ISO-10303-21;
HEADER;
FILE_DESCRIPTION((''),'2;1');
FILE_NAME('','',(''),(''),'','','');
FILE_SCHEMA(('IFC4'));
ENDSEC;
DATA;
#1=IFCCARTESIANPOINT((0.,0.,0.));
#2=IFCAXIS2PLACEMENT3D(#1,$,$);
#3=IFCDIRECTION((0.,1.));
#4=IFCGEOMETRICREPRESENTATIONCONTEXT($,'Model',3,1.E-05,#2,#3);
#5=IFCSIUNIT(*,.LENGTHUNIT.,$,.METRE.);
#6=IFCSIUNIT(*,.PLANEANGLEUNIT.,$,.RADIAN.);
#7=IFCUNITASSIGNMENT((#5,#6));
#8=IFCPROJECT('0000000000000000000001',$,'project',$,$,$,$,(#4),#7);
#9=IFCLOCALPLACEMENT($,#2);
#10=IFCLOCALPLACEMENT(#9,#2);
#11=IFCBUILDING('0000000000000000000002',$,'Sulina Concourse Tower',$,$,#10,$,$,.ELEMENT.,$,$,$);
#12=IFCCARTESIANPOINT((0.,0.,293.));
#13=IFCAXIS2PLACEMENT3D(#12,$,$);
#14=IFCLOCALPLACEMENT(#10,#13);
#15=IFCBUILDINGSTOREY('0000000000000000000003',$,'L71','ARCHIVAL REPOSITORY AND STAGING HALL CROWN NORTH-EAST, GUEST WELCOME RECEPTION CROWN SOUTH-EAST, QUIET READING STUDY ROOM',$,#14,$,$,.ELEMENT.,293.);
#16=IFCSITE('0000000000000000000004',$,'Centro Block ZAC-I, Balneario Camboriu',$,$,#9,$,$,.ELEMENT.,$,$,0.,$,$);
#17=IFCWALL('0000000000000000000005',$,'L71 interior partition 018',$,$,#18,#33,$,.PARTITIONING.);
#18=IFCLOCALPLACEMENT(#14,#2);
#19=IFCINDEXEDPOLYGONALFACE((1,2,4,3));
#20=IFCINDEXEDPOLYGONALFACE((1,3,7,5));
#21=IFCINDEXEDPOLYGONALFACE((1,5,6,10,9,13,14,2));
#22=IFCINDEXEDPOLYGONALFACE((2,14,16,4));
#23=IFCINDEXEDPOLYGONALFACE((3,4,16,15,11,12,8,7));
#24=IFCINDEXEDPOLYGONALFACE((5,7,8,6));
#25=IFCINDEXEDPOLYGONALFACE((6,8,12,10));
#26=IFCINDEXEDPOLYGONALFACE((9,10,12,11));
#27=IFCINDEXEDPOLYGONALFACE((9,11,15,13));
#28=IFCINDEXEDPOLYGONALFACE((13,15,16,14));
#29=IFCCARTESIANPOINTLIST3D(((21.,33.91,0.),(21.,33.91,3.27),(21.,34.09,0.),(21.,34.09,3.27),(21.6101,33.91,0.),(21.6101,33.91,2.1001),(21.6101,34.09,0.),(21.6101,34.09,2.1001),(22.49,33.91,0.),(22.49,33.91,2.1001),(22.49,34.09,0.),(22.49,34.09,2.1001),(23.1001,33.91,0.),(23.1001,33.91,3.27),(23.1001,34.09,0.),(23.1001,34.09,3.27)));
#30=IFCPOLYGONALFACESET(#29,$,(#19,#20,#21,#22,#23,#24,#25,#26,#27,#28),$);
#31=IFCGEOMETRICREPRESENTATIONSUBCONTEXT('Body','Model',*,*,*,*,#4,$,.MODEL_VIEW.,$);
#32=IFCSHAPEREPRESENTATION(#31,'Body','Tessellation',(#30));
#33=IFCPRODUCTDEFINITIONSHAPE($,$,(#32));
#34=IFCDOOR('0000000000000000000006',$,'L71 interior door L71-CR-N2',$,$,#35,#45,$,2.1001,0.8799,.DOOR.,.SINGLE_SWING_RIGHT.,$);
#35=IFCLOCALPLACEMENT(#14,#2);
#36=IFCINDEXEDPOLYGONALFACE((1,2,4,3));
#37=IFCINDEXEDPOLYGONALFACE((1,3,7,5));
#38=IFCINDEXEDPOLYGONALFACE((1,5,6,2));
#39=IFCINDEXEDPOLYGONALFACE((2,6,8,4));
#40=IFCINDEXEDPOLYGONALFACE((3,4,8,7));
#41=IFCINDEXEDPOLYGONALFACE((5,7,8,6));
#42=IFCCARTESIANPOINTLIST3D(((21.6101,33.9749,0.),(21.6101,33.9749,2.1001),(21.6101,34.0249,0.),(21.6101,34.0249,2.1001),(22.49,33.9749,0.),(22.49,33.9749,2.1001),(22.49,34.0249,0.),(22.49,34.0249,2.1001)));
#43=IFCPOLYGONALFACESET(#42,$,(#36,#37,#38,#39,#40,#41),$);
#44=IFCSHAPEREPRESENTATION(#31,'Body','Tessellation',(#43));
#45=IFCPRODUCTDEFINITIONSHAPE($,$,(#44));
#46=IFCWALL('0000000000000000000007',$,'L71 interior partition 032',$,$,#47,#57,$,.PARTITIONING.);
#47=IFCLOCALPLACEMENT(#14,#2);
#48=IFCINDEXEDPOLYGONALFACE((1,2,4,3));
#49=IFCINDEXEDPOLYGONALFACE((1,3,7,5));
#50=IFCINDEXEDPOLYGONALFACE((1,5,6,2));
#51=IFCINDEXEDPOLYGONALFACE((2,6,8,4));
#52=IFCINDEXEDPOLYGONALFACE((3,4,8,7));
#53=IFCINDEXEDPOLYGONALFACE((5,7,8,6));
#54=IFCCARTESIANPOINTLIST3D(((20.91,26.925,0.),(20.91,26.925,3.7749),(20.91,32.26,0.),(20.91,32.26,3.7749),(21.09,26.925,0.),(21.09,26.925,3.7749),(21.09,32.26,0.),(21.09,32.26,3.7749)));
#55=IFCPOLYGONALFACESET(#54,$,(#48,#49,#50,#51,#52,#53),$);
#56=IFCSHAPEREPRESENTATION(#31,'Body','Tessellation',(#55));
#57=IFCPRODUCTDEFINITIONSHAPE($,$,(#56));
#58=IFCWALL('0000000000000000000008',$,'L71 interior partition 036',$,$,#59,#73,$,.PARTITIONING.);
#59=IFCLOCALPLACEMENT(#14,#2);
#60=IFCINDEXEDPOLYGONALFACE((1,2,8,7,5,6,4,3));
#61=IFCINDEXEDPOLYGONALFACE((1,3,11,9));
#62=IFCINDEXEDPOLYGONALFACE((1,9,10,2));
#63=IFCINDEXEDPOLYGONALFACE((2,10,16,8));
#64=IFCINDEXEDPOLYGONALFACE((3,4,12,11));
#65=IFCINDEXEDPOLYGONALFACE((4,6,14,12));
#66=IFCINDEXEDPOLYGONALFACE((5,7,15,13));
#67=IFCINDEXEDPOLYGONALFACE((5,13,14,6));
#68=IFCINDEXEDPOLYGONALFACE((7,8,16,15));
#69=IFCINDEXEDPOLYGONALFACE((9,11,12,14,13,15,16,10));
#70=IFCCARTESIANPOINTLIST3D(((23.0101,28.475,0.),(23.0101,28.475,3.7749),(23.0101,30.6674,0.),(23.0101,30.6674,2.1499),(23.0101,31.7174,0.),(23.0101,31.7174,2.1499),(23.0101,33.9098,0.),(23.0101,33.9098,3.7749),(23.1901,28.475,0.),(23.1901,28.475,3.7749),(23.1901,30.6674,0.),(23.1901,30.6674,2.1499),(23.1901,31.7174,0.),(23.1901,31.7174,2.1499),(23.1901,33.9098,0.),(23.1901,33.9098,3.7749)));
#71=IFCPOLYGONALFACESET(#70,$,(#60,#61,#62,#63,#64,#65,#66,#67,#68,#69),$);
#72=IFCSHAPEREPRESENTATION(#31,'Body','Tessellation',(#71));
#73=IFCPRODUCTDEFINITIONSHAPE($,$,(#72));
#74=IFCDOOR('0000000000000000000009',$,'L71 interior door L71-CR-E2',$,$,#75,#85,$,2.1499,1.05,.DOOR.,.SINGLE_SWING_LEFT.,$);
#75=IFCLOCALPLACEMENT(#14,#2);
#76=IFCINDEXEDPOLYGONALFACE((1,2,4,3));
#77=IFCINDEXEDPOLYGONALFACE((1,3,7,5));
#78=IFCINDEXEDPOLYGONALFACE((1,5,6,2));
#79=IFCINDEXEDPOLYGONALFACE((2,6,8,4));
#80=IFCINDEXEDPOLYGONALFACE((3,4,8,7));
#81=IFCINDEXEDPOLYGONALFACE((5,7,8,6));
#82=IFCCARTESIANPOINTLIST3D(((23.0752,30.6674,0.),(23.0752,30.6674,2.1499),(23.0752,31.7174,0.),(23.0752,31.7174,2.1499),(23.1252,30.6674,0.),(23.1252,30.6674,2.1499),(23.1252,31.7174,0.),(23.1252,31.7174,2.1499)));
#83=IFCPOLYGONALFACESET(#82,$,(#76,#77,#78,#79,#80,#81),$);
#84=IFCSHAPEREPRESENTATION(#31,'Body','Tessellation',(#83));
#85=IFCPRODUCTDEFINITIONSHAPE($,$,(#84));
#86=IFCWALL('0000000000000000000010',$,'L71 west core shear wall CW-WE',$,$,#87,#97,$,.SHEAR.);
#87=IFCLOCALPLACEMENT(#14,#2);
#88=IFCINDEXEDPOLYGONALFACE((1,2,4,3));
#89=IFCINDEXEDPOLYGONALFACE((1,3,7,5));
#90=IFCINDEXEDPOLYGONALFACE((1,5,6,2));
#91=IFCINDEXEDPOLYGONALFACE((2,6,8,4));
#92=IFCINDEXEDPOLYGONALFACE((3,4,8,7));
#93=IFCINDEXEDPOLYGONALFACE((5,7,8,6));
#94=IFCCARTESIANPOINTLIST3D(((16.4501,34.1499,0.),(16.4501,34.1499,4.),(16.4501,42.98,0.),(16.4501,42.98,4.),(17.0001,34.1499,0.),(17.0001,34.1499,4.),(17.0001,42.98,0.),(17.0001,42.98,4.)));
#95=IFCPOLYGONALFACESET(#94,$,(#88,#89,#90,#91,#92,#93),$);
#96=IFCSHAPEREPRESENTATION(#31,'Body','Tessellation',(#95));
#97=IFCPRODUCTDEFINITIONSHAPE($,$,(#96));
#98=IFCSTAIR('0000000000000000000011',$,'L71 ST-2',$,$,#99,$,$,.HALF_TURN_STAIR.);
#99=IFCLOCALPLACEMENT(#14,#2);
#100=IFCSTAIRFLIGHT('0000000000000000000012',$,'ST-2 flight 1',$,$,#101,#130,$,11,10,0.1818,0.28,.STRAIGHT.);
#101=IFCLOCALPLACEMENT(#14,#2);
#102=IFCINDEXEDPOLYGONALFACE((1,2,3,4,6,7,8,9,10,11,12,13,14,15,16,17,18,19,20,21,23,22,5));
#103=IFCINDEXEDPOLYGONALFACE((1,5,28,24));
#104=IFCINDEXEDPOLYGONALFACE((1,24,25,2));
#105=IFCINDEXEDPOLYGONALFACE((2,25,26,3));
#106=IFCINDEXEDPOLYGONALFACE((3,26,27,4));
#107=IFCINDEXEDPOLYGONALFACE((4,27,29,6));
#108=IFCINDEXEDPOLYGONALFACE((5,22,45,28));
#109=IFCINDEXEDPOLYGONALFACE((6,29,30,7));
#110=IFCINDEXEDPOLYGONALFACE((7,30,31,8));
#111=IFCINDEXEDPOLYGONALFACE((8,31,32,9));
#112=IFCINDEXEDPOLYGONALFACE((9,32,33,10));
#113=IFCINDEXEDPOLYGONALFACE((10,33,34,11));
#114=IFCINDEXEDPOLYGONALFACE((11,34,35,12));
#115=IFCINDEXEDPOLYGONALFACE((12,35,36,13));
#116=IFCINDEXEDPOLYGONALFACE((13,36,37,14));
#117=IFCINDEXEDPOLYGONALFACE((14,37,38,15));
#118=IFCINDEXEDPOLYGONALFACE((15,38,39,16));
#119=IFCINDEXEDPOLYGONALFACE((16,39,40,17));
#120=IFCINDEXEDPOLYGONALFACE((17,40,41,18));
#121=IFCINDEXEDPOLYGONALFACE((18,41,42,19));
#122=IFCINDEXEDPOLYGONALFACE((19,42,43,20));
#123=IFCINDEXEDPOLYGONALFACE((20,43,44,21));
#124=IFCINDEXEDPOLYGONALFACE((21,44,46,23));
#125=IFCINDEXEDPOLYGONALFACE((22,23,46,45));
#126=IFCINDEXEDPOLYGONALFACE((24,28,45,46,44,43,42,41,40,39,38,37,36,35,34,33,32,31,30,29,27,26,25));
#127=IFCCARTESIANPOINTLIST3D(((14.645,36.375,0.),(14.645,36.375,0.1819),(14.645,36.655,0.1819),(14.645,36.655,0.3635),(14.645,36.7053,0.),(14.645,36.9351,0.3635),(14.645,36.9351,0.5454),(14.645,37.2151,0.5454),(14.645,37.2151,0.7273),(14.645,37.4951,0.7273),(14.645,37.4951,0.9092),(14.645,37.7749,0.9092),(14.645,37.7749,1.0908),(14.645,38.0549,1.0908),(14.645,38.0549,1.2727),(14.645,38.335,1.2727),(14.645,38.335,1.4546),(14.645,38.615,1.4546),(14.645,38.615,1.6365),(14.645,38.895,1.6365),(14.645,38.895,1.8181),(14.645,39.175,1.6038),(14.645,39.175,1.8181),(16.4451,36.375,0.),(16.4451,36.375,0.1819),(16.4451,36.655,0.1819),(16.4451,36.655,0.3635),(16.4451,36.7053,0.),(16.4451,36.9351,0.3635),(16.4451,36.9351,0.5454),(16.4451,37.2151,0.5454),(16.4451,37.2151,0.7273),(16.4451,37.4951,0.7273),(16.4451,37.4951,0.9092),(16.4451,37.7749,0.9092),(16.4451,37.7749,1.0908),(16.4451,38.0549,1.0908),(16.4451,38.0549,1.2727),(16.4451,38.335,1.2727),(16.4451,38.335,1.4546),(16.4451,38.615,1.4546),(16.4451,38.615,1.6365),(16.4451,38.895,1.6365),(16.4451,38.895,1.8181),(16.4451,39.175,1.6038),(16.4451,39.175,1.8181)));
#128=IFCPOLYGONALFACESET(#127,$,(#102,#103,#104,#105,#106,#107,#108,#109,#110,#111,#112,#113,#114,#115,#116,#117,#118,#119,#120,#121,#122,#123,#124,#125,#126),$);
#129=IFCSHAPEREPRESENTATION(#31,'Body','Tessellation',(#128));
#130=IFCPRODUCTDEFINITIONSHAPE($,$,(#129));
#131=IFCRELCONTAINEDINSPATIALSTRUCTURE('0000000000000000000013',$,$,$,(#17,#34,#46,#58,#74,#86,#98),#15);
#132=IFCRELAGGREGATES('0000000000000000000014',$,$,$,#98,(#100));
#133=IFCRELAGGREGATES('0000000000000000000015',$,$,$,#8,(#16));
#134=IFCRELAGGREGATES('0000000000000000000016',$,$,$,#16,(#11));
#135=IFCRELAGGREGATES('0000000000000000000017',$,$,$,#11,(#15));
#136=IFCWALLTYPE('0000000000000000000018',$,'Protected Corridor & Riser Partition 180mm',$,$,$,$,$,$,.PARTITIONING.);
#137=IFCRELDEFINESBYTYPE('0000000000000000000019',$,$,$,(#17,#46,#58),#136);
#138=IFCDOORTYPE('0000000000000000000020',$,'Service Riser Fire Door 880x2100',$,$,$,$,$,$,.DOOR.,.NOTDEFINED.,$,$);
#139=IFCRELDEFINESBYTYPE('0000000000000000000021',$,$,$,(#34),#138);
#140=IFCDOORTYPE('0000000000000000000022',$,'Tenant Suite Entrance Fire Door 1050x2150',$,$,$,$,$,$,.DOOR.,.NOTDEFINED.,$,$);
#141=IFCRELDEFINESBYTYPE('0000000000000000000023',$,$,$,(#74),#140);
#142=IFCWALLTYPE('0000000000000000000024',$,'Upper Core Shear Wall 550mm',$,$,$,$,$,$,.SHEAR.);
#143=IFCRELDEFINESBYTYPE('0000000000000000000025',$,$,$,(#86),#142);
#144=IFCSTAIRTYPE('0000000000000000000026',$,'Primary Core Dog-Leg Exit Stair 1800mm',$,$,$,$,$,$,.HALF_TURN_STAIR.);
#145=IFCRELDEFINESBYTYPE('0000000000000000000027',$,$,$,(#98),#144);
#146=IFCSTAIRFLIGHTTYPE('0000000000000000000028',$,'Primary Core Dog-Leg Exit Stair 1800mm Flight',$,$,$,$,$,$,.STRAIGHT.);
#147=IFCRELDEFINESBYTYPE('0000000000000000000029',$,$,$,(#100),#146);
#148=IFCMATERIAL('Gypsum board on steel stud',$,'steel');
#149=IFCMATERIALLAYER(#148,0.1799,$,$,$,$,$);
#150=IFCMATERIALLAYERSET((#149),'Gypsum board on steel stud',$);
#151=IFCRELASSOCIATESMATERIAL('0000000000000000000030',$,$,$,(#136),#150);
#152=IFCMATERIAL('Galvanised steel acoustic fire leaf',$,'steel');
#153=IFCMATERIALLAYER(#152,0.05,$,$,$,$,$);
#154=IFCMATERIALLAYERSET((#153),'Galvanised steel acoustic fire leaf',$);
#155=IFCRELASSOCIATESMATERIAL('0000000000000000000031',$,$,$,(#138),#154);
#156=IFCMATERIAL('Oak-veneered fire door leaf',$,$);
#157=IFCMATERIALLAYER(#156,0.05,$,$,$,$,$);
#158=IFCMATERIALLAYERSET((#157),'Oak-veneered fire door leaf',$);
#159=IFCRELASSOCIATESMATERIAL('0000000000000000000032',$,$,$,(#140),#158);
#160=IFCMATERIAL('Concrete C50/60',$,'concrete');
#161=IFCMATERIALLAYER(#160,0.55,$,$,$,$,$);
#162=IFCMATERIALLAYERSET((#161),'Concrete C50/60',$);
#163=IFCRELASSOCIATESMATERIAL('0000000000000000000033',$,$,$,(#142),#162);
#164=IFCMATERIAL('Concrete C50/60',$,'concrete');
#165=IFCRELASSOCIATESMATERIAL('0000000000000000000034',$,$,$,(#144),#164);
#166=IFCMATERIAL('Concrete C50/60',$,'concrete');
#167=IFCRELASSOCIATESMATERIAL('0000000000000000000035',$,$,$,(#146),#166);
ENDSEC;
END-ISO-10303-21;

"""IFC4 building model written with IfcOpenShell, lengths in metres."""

from ifc_helpers import new_model, si_unit, direction, frame, frame_2d, origin, place, context, subcontext, project, spatial, polyline, rectangle, outline, extrude, material, layer, layer_set, type_object, element, fill, aggregate, save


model = new_model("IFC4")

# Units and contexts
model_context = context("Model", 3, precision=1e-05, world=origin(), true_north=direction((0.0, 1.0)))
body_context = subcontext(model_context, "Body", "Model", "MODEL_VIEW")
ifc_project = project(units=[si_unit("LENGTHUNIT", "METRE"), si_unit("PLANEANGLEUNIT", "RADIAN")], contexts=[model_context])

# Site, building, storey
site_placement = place(None, origin())
site = spatial("IfcSite", under=ifc_project, at=site_placement, Name="Centro Block ZAC-I, Balneario Camboriu", CompositionType="ELEMENT", RefElevation=0.0)
building_placement = place(site_placement, origin())
building = spatial("IfcBuilding", under=site, at=building_placement, Name="Sulina Concourse Tower", CompositionType="ELEMENT")
storey_placement = place(building_placement, frame((0.0, 0.0, 293.0)))
storey = spatial("IfcBuildingStorey", under=building, at=storey_placement, Name="L71", Description="ARCHIVAL REPOSITORY AND STAGING HALL CROWN NORTH-EAST, GUEST WELCOME RECEPTION CROWN SOUTH-EAST, QUIET READING STUDY ROOM", CompositionType="ELEMENT", Elevation=293.0)

# Shared definitions
ifc_material_1 = material(Name="Gypsum board on steel stud", Category="steel")
ifc_layer_1 = layer(ifc_material_1, 0.1799)
ifc_layer_set_1 = layer_set([ifc_layer_1], Name="Gypsum board on steel stud")
wall_type_1 = type_object("IfcWallType", Name="Protected Corridor & Riser Partition 180mm", PredefinedType="PARTITIONING", material=ifc_layer_set_1)

# Wall, opening, door
wall_1_placement = place(storey_placement, frame((21.0, 34.0, 0.0), z_axis=(0.0, 0.0, 1.0), x_axis=(1.0, 0.0, 0.0)))
wall_1 = element("IfcWall", 1, at=wall_1_placement, inside=storey, type_object=wall_type_1, Name="L71 interior partition 018", PredefinedType="PARTITIONING", context=body_context, shape_type="SweptSolid", body=[
    extrude(rectangle(XDim=2.1001, YDim=0.1799, at=frame_2d((1.05, 0.0))), origin(), (0.0, 0.0, 1.0), 3.27),
])
opening_1_placement = place(wall_1_placement, frame((0.6101, 0.0, 0.0)))
opening_1 = element("IfcOpeningElement", 2, at=opening_1_placement, cuts=wall_1, PredefinedType="OPENING", context=body_context, shape_type="SweptSolid", body=[
    extrude(rectangle(XDim=0.8799, YDim=2.1001, at=frame_2d((0.4399, 1.05))), frame((0.0, 0.0999, 0.0), z_axis=(0.0, -1.0, 0.0), x_axis=(1.0, 0.0, 0.0)), (0.0, 0.0, 1.0), 0.2),
])
ifc_material_2 = material(Name="Galvanised steel acoustic fire leaf", Category="steel")
ifc_layer_2 = layer(ifc_material_2, 0.05)
ifc_layer_set_2 = layer_set([ifc_layer_2], Name="Galvanised steel acoustic fire leaf")
door_type_1 = type_object("IfcDoorType", Name="Service Riser Fire Door 880x2100", OperationType="NOTDEFINED", PredefinedType="DOOR", material=ifc_layer_set_2)
door_1_placement = place(opening_1_placement, origin())
door_1 = element("IfcDoor", 3, at=door_1_placement, inside=storey, type_object=door_type_1, Name="L71 interior door L71-CR-N2", OperationType="SINGLE_SWING_RIGHT", OverallHeight=2.1001, OverallWidth=0.8799, PredefinedType="DOOR", context=body_context, shape_type="SweptSolid", body=[
    extrude(rectangle(XDim=0.8799, YDim=2.1001, at=frame_2d((0.4399, 1.05))), frame((0.0, 0.0249, 0.0), z_axis=(0.0, -1.0, 0.0), x_axis=(1.0, 0.0, 0.0)), (0.0, 0.0, 1.0), 0.05),
])
fill(opening_1, door_1)
ifc_material_3 = material(Name="Oak-veneered fire door leaf")
ifc_layer_3 = layer(ifc_material_3, 0.05)
ifc_layer_set_3 = layer_set([ifc_layer_3], Name="Oak-veneered fire door leaf")
door_type_2 = type_object("IfcDoorType", Name="Tenant Suite Entrance Fire Door 1050x2150", OperationType="NOTDEFINED", PredefinedType="DOOR", material=ifc_layer_set_3)

# Wall
wall_2_placement = place(storey_placement, frame((21.0, 26.925, 0.0), z_axis=(0.0, 0.0, 1.0), x_axis=(0.0, 1.0, 0.0)))
element("IfcWall", 4, at=wall_2_placement, inside=storey, type_object=wall_type_1, Name="L71 interior partition 032", PredefinedType="PARTITIONING", context=body_context, shape_type="SweptSolid", body=[
    extrude(rectangle(XDim=5.335, YDim=0.1799, at=frame_2d((2.6675, 0.0))), origin(), (0.0, 0.0, 1.0), 3.7749),
])

# Wall, opening, door
wall_3_placement = place(storey_placement, frame((23.1001, 28.4751, 0.0), z_axis=(0.0, 0.0, 1.0), x_axis=(0.0, 1.0, 0.0)))
wall_3 = element("IfcWall", 5, at=wall_3_placement, inside=storey, type_object=wall_type_1, Name="L71 interior partition 036", PredefinedType="PARTITIONING", context=body_context, shape_type="SweptSolid", body=[
    extrude(rectangle(XDim=5.4348, YDim=0.1799, at=frame_2d((2.7173, 0.0))), origin(), (0.0, 0.0, 1.0), 3.7749),
])
opening_2_placement = place(wall_3_placement, frame((2.1924, 0.0, 0.0)))
opening_2 = element("IfcOpeningElement", 6, at=opening_2_placement, cuts=wall_3, PredefinedType="OPENING", context=body_context, shape_type="SweptSolid", body=[
    extrude(rectangle(XDim=1.05, YDim=2.1499, at=frame_2d((0.5249, 1.075))), frame((0.0, 0.0999, 0.0), z_axis=(0.0, -1.0, 0.0), x_axis=(1.0, 0.0, 0.0)), (0.0, 0.0, 1.0), 0.2),
])
door_2_placement = place(opening_2_placement, origin())
door_2 = element("IfcDoor", 7, at=door_2_placement, inside=storey, type_object=door_type_2, Name="L71 interior door L71-CR-E2", OperationType="SINGLE_SWING_LEFT", OverallHeight=2.1499, OverallWidth=1.05, PredefinedType="DOOR", context=body_context, shape_type="SweptSolid", body=[
    extrude(rectangle(XDim=1.05, YDim=2.1499, at=frame_2d((0.5249, 1.075))), frame((0.0, 0.0249, 0.0), z_axis=(0.0, -1.0, 0.0), x_axis=(1.0, 0.0, 0.0)), (0.0, 0.0, 1.0), 0.05),
])
fill(opening_2, door_2)

# Wall
ifc_material_4 = material(Name="Concrete C50/60", Category="concrete")
ifc_layer_4 = layer(ifc_material_4, 0.55)
ifc_layer_set_4 = layer_set([ifc_layer_4], Name="Concrete C50/60")
wall_type_2 = type_object("IfcWallType", Name="Upper Core Shear Wall 550mm", PredefinedType="SHEAR", material=ifc_layer_set_4)
wall_4_placement = place(storey_placement, frame((16.7251, 34.1499, 0.0), z_axis=(0.0, 0.0, 1.0), x_axis=(0.0, 1.0, 0.0)))
element("IfcWall", 8, at=wall_4_placement, inside=storey, type_object=wall_type_2, Name="L71 west core shear wall CW-WE", PredefinedType="SHEAR", context=body_context, shape_type="SweptSolid", body=[
    extrude(rectangle(XDim=8.8301, YDim=0.55, at=frame_2d((4.415, 0.0))), origin(), (0.0, 0.0, 1.0), 4.0),
])

# Stair, stair flight
ifc_material_5 = material(Name="Concrete C50/60", Category="concrete")
stair_type = type_object("IfcStairType", Name="Primary Core Dog-Leg Exit Stair 1800mm", PredefinedType="HALF_TURN_STAIR", material=ifc_material_5)
stair_placement = place(storey_placement, origin())
stair = element("IfcStair", 9, at=stair_placement, inside=storey, type_object=stair_type, Name="L71 ST-2", PredefinedType="HALF_TURN_STAIR")
ifc_material_6 = material(Name="Concrete C50/60", Category="concrete")
stair_flight_type = type_object("IfcStairFlightType", Name="Primary Core Dog-Leg Exit Stair 1800mm Flight", PredefinedType="STRAIGHT", material=ifc_material_6)
stair_flight_placement = place(storey_placement, frame((15.5449, 36.375, 0.0), z_axis=(0.0, 0.0, 1.0), x_axis=(0.0, 1.0, 0.0)))
stair_flight = element("IfcStairFlight", 10, at=stair_flight_placement, type_object=stair_flight_type, Name="ST-2 flight 1", NumberOfRisers=11, NumberOfTreads=10, PredefinedType="STRAIGHT", RiserHeight=0.1818, TreadLength=0.28, context=body_context, shape_type="SweptSolid", body=[
    extrude(outline(polyline([(0.0, 0.0), (0.0, 0.1819), (0.28, 0.1819), (0.28, 0.3635), (0.5601, 0.3635), (0.5601, 0.5454), (0.8401, 0.5454), (0.8401, 0.7273), (1.1201, 0.7273), (1.1201, 0.9092), (1.3999, 0.9092), (1.3999, 1.0908), (1.6799, 1.0908), (1.6799, 1.2727), (1.96, 1.2727), (1.96, 1.4546), (2.24, 1.4546), (2.24, 1.6365), (2.52, 1.6365), (2.52, 1.8181), (2.8, 1.8181), (2.8, 2.0), (2.8, 1.6038), (0.3303, 0.0), (0.0, 0.0)])), frame((0.0, 0.8999, 0.0), z_axis=(0.0, -1.0, 0.0), x_axis=(1.0, 0.0, 0.0)), (0.0, 0.0, 1.0), 1.8),
])
aggregate(stair, [stair_flight])

save(model, "model.ifc")
